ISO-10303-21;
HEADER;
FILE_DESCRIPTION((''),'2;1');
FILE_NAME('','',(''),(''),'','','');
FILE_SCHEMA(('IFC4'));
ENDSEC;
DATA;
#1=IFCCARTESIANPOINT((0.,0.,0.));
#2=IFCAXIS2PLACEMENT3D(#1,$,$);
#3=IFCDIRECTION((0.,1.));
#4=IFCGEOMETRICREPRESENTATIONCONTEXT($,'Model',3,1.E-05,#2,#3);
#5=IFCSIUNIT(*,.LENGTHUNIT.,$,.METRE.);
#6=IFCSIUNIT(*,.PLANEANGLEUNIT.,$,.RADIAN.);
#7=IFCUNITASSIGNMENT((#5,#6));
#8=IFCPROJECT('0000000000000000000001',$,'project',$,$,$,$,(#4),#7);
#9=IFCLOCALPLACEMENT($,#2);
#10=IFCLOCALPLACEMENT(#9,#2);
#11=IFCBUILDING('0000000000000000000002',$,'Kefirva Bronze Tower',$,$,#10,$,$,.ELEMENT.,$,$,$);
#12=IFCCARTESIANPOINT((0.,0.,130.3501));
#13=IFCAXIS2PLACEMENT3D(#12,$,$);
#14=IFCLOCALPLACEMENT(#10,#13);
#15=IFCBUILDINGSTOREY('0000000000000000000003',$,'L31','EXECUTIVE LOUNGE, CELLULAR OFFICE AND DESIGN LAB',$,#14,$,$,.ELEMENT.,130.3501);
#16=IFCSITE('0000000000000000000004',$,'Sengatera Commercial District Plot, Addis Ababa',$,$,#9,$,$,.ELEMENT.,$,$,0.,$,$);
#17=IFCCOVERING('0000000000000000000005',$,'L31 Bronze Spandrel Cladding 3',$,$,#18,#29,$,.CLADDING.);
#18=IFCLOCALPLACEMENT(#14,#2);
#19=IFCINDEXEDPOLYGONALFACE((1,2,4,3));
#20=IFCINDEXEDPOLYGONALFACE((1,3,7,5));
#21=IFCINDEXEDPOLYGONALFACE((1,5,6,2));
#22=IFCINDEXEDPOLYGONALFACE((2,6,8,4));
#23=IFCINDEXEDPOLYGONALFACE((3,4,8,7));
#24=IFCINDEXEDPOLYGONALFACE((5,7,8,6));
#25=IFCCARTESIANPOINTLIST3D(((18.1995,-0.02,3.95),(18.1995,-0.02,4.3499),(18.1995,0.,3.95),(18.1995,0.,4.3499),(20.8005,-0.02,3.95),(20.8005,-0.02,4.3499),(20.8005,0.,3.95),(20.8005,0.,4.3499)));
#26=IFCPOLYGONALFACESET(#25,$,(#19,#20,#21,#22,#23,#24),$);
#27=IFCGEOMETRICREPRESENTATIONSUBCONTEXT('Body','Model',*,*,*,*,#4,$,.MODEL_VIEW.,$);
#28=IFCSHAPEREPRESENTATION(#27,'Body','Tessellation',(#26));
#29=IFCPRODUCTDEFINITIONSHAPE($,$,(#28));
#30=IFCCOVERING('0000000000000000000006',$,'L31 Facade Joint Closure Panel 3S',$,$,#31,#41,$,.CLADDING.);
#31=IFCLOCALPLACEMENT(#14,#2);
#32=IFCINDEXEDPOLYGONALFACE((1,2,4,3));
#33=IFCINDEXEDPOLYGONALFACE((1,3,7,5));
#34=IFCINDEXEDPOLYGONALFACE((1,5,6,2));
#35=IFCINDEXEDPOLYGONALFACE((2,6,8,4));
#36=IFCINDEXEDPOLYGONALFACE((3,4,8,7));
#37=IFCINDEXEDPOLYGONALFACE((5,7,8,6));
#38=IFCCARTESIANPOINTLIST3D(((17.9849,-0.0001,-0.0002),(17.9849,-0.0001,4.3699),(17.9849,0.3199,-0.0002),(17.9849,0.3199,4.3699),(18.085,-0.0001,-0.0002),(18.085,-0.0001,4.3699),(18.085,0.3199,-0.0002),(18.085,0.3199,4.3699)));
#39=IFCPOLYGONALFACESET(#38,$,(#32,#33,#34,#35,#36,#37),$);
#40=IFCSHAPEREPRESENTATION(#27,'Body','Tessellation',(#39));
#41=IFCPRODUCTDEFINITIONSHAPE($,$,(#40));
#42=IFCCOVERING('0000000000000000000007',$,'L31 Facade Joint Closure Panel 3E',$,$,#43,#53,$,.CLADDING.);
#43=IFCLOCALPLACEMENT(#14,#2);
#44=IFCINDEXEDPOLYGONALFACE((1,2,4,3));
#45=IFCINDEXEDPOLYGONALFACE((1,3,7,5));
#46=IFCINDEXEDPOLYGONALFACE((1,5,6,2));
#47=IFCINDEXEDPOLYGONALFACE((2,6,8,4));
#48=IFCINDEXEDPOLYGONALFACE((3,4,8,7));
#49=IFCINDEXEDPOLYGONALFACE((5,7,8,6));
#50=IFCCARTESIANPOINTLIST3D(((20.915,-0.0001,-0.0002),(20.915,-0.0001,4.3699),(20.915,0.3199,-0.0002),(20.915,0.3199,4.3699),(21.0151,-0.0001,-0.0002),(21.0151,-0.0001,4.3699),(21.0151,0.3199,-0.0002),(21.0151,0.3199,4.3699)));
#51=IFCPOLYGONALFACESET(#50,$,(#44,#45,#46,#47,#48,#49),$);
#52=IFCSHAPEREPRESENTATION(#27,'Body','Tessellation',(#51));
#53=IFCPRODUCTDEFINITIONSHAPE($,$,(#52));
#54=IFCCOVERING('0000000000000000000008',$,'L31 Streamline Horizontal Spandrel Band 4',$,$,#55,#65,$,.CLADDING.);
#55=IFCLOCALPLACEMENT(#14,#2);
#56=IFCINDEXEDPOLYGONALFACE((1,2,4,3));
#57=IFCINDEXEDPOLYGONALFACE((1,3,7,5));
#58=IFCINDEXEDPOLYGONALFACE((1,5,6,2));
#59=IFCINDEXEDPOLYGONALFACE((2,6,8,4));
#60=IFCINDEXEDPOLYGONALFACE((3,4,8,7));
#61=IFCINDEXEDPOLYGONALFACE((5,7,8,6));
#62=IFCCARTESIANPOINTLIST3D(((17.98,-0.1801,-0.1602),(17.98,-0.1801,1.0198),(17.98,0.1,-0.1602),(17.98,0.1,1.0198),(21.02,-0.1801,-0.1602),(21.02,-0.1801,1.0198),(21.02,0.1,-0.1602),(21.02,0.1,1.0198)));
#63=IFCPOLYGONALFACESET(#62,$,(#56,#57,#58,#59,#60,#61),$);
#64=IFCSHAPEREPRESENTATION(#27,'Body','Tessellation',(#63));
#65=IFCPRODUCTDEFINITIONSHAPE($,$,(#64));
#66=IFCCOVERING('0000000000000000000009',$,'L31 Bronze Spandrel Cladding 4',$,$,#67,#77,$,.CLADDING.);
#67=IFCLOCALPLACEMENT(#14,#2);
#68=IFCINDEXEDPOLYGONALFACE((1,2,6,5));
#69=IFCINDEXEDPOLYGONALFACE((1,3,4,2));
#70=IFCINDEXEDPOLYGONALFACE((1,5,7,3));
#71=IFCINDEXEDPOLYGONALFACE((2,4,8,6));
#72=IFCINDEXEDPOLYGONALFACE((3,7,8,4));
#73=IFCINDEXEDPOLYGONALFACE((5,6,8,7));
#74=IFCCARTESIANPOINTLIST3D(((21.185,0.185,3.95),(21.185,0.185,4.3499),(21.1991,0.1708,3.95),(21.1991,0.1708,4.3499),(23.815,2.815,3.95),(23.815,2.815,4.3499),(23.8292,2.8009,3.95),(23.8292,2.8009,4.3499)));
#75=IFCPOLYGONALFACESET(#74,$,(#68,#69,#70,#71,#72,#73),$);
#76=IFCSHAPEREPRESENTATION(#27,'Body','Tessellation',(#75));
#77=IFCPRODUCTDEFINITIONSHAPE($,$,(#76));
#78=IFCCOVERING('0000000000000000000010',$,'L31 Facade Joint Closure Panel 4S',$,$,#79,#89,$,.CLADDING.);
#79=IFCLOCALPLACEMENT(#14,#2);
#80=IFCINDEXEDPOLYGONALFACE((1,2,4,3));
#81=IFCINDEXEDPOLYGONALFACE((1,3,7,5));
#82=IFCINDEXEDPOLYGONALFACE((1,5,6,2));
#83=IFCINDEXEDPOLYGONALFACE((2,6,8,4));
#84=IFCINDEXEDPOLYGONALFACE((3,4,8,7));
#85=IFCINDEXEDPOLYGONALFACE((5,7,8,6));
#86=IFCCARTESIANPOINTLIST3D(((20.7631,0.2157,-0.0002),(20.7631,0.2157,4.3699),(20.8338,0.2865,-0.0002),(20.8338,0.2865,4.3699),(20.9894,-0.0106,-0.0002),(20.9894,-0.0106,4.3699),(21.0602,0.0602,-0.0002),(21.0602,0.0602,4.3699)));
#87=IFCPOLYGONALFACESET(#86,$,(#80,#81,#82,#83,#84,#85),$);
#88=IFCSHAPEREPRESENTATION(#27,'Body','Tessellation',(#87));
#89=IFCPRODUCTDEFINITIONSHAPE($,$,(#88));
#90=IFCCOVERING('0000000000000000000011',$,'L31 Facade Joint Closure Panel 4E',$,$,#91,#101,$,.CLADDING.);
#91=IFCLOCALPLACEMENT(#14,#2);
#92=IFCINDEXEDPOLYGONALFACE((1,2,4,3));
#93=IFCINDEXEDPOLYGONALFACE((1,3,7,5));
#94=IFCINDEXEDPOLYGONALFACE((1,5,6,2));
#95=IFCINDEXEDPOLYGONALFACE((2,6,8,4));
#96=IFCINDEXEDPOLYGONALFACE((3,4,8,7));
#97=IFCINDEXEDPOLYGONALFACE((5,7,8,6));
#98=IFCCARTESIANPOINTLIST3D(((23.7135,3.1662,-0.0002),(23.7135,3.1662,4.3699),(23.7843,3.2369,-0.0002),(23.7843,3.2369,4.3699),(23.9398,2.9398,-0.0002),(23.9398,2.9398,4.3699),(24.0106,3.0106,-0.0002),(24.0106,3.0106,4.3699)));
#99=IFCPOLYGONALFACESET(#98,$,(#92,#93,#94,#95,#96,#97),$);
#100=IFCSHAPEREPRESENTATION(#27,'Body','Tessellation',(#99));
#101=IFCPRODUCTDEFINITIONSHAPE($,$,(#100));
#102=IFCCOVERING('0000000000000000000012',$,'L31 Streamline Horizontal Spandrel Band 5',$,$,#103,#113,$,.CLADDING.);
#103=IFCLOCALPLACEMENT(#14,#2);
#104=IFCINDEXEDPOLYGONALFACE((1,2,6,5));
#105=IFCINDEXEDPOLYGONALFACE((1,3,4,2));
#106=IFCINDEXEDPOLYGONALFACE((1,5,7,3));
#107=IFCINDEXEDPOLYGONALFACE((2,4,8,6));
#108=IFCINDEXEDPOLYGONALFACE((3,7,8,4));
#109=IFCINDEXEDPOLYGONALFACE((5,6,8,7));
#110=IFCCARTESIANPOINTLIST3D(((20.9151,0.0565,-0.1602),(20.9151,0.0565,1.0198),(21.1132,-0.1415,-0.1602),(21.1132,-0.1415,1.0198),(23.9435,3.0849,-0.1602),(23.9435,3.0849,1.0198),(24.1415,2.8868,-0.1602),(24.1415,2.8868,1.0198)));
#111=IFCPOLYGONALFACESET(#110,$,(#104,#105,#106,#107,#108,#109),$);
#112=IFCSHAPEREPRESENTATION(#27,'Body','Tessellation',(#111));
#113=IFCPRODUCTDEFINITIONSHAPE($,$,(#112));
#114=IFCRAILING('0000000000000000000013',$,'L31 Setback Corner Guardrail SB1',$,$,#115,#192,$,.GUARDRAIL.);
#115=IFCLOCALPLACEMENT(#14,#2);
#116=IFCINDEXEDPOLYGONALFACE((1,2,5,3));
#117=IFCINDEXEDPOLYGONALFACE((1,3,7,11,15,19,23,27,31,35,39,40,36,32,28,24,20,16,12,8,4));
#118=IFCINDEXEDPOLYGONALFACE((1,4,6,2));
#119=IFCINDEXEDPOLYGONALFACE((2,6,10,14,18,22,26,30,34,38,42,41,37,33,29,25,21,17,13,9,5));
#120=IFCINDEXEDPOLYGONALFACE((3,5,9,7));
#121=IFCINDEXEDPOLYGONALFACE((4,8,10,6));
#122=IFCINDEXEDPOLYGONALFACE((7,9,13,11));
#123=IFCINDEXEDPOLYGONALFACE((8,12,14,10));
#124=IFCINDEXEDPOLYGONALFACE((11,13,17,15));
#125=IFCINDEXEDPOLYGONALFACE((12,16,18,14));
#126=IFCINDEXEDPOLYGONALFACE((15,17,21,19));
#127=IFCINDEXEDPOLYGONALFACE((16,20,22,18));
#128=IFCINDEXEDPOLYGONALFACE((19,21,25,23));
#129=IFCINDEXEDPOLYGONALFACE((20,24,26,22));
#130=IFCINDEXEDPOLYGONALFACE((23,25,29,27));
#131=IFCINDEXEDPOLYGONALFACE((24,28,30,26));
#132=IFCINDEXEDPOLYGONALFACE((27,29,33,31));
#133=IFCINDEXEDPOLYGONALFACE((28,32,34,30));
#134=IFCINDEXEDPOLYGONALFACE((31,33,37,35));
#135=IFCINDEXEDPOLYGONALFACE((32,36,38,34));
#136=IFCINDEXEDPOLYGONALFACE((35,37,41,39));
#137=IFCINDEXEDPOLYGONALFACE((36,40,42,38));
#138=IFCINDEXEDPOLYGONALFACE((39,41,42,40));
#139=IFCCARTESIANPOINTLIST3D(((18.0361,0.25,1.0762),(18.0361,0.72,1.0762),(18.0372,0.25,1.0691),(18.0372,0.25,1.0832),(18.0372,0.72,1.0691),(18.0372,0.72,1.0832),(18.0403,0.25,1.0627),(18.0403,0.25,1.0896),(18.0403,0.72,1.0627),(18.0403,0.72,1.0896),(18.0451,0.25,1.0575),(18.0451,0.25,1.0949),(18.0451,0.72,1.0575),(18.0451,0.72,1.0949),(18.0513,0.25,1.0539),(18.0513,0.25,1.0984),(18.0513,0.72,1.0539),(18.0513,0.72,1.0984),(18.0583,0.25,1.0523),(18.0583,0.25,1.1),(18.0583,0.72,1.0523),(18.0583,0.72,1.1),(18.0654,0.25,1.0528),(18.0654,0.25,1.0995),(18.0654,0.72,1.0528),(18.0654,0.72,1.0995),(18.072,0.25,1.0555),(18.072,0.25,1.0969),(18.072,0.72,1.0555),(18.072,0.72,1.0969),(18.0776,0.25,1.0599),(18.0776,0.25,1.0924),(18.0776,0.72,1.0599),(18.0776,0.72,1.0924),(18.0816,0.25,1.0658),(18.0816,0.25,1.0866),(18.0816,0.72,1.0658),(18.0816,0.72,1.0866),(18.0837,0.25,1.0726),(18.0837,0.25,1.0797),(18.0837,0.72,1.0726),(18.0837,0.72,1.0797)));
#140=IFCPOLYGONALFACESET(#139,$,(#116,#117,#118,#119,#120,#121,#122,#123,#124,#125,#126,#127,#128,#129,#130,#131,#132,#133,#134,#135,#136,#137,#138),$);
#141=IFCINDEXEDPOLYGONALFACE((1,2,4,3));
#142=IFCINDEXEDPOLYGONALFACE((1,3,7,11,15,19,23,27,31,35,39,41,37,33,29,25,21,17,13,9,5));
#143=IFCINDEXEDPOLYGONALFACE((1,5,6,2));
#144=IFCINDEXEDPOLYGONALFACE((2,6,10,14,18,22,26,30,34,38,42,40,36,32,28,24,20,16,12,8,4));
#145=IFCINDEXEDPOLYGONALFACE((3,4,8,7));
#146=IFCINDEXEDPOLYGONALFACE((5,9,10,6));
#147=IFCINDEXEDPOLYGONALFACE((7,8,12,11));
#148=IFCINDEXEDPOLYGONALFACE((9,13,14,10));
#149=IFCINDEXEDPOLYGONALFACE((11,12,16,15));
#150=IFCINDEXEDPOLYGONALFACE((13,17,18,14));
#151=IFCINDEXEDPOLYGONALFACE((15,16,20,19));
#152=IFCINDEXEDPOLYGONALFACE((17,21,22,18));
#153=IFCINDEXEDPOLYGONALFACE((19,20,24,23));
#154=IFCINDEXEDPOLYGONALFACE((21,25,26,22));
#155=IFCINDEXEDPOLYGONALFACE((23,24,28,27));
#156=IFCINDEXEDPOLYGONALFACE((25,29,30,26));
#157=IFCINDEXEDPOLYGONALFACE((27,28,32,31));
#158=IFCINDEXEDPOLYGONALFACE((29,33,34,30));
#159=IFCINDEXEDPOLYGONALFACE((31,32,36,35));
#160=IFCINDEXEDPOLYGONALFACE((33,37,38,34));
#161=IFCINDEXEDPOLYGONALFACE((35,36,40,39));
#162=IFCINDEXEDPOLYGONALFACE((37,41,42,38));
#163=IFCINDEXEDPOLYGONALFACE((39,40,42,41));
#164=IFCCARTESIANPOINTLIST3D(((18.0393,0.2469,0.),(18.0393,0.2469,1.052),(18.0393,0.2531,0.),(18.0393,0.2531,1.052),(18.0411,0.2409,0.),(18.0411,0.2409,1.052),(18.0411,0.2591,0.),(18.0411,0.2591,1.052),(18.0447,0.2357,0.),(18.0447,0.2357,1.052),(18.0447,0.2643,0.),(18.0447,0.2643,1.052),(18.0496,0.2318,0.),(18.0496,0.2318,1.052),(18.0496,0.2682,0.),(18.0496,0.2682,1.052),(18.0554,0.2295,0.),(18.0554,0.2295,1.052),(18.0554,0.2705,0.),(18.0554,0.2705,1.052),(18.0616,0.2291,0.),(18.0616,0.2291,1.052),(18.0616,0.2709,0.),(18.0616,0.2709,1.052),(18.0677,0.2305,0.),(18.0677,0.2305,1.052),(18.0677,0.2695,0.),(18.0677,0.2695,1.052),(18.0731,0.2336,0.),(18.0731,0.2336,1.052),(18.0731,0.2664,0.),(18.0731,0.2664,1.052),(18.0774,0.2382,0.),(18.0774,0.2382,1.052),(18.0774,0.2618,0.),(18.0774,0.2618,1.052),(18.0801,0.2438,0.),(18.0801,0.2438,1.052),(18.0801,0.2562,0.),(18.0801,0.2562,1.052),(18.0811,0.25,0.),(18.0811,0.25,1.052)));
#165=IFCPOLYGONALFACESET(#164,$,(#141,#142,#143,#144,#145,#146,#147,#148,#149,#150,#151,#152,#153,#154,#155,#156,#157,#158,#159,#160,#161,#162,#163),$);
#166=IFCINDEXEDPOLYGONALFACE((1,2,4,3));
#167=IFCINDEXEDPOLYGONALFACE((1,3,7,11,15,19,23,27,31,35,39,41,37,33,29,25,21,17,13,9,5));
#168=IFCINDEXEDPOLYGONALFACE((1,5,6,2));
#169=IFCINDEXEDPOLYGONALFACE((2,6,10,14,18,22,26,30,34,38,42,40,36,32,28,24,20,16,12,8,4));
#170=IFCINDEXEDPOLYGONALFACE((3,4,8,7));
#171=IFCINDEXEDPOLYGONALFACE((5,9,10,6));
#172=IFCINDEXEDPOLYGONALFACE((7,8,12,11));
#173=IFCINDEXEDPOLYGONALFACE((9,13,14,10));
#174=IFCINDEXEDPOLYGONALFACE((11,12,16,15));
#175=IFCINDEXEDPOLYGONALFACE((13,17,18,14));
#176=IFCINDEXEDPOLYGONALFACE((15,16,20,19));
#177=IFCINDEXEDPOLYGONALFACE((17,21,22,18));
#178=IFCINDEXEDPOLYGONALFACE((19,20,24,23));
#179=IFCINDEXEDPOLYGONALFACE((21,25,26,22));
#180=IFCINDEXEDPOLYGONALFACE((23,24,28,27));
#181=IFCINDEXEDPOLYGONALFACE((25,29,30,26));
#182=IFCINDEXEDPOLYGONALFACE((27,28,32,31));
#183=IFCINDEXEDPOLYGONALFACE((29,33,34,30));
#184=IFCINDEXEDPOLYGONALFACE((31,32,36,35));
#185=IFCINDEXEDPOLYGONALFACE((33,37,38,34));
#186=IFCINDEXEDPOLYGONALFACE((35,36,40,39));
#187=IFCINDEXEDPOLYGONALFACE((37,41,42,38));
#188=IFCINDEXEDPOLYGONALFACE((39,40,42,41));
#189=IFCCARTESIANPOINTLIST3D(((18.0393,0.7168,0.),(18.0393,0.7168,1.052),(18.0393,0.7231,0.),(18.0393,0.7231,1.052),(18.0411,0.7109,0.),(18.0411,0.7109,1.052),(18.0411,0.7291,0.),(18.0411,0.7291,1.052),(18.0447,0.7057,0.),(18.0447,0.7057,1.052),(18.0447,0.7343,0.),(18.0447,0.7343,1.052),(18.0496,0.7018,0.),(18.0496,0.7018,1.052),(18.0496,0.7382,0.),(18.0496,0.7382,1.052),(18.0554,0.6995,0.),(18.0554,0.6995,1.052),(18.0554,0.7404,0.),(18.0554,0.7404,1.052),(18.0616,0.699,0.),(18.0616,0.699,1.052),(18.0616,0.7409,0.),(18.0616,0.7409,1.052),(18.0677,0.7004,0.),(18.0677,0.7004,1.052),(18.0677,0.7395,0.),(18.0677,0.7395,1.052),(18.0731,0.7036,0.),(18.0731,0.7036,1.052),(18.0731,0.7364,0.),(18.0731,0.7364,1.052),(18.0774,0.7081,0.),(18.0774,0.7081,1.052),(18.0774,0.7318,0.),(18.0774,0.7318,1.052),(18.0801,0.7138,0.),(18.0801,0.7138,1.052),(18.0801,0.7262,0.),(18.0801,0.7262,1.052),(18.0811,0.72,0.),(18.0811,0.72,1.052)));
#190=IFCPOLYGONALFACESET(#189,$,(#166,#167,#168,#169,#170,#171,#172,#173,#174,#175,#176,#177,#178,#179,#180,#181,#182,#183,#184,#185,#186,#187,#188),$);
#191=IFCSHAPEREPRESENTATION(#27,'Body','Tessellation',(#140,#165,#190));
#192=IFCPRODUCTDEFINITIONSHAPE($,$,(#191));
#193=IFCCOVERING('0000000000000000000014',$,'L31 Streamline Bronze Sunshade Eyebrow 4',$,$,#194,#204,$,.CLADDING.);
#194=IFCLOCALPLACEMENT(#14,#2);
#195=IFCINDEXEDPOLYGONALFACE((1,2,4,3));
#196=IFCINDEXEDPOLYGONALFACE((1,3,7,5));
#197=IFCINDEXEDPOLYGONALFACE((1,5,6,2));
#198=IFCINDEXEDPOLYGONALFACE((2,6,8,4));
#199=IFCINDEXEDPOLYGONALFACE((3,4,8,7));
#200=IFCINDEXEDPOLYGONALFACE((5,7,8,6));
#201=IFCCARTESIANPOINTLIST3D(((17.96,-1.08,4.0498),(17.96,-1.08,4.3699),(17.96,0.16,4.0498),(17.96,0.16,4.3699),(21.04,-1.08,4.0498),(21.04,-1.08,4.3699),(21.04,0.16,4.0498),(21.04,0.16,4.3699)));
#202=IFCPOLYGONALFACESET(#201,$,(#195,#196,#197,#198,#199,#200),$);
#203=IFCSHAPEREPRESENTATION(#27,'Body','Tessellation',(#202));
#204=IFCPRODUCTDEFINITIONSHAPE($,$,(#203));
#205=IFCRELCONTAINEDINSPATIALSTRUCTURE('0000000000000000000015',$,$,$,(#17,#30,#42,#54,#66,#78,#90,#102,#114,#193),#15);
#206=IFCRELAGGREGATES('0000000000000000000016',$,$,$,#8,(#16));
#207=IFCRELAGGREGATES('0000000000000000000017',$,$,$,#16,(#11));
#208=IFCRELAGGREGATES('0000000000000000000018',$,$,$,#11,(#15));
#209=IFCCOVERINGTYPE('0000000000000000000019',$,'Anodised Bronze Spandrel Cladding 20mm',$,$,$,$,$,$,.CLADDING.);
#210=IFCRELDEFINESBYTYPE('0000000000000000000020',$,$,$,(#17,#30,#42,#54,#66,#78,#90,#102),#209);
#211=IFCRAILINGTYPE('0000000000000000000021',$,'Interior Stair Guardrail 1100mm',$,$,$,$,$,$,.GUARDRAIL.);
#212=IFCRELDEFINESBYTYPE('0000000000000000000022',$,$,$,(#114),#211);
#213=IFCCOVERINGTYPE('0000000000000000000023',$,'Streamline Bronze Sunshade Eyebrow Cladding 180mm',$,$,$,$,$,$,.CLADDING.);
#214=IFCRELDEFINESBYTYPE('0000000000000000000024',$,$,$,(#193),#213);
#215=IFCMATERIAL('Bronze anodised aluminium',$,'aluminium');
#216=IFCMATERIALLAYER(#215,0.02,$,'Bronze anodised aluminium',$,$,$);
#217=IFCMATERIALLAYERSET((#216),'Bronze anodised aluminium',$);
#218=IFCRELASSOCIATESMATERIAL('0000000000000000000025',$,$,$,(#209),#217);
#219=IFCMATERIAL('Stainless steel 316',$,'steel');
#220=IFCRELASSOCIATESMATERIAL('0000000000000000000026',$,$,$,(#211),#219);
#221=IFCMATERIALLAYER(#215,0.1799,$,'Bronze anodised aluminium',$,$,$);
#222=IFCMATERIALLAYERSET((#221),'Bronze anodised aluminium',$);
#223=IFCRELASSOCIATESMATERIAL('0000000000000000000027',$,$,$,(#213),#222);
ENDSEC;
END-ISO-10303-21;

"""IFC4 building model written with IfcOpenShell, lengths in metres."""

from ifc_helpers import new_model, si_unit, direction, frame, origin, origin_2d, place, context, subcontext, project, spatial, rectangle, circle, extrude, material, layer, layer_set, type_object, element, save


model = new_model("IFC4")

# Units and contexts
model_context = context("Model", 3, precision=1e-05, world=origin(), true_north=direction((0.0, 1.0)))
body_context = subcontext(model_context, "Body", "Model", "MODEL_VIEW")
ifc_project = project(units=[si_unit("LENGTHUNIT", "METRE"), si_unit("PLANEANGLEUNIT", "RADIAN")], contexts=[model_context])

# Site, building, storey
site_placement = place(None, origin())
site = spatial("IfcSite", under=ifc_project, at=site_placement, Name="Sengatera Commercial District Plot, Addis Ababa", CompositionType="ELEMENT", RefElevation=0.0)
building_placement = place(site_placement, origin())
building = spatial("IfcBuilding", under=site, at=building_placement, Name="Kefirva Bronze Tower", CompositionType="ELEMENT")
storey_placement = place(building_placement, frame((0.0, 0.0, 130.3501)))
storey = spatial("IfcBuildingStorey", under=building, at=storey_placement, Name="L31", Description="EXECUTIVE LOUNGE, CELLULAR OFFICE AND DESIGN LAB", CompositionType="ELEMENT", Elevation=130.3501)

# Shared definitions
ifc_material_1 = material(Name="Bronze anodised aluminium", Category="aluminium")

# Coverings
ifc_layer_1 = layer(ifc_material_1, 0.02, Name="Bronze anodised aluminium")
ifc_layer_set_1 = layer_set([ifc_layer_1], Name="Bronze anodised aluminium")
covering_type_1 = type_object("IfcCoveringType", Name="Anodised Bronze Spandrel Cladding 20mm", PredefinedType="CLADDING", material=ifc_layer_set_1)
covering_1_placement = place(storey_placement, frame((19.5, -0.01, 3.95), z_axis=(0.0, 0.0, 1.0), x_axis=(1.0, 0.0, 0.0)))
element("IfcCovering", 1, at=covering_1_placement, inside=storey, type_object=covering_type_1, Name="L31 Bronze Spandrel Cladding 3", PredefinedType="CLADDING", context=body_context, shape_type="SweptSolid", body=[
    extrude(rectangle(XDim=2.6011, YDim=0.02, at=origin_2d()), origin(), (0.0, 0.0, 1.0), 0.3999),
])
for number, where, z_axis, x_axis, name in (
    (2, (18.0349, 0.1599, -0.0002), (0.0, 0.0, 1.0), (1.0, 0.0, 0.0), "L31 Facade Joint Closure Panel 3S"),
    (3, (20.9651, 0.1599, -0.0002), (0.0, 0.0, 1.0), (1.0, 0.0, 0.0), "L31 Facade Joint Closure Panel 3E"),
):
    element("IfcCovering", number, at=place(storey_placement, frame(where, z_axis=z_axis, x_axis=x_axis)), inside=storey, type_object=covering_type_1, Name=name, PredefinedType="CLADDING", context=body_context, shape_type="SweptSolid", body=[
        extrude(rectangle(XDim=0.1001, YDim=0.3201, at=origin_2d()), origin(), (0.0, 0.0, 1.0), 4.3701),
    ])
covering_2_placement = place(storey_placement, frame((19.5, -0.04, -0.1602), z_axis=(0.0, 0.0, 1.0), x_axis=(1.0, 0.0, 0.0)))
element("IfcCovering", 4, at=covering_2_placement, inside=storey, type_object=covering_type_1, Name="L31 Streamline Horizontal Spandrel Band 4", PredefinedType="CLADDING", context=body_context, shape_type="SweptSolid", body=[
    extrude(rectangle(XDim=3.04, YDim=0.28, at=origin_2d()), origin(), (0.0, 0.0, 1.0), 1.1799),
])
covering_3_placement = place(storey_placement, frame((22.5071, 1.4929, 3.95), z_axis=(0.0, 0.0, 1.0), x_axis=(0.707107, 0.707107, 0.0)))
element("IfcCovering", 5, at=covering_3_placement, inside=storey, type_object=covering_type_1, Name="L31 Bronze Spandrel Cladding 4", PredefinedType="CLADDING", context=body_context, shape_type="SweptSolid", body=[
    extrude(rectangle(XDim=3.7195, YDim=0.02, at=origin_2d()), origin(), (0.0, 0.0, 1.0), 0.3999),
])
for number, where, z_axis, x_axis, name in (
    (6, (20.9116, 0.1379, -0.0002), (0.0, 0.0, 1.0), (0.707107, 0.707107, 0.0), "L31 Facade Joint Closure Panel 4S"),
    (7, (23.8621, 3.0884, -0.0002), (0.0, 0.0, 1.0), (0.707107, 0.707107, 0.0), "L31 Facade Joint Closure Panel 4E"),
):
    element("IfcCovering", number, at=place(storey_placement, frame(where, z_axis=z_axis, x_axis=x_axis)), inside=storey, type_object=covering_type_1, Name=name, PredefinedType="CLADDING", context=body_context, shape_type="SweptSolid", body=[
        extrude(rectangle(XDim=0.1001, YDim=0.3201, at=origin_2d()), origin(), (0.0, 0.0, 1.0), 4.3701),
    ])
covering_4_placement = place(storey_placement, frame((22.5283, 1.4717, -0.1602), z_axis=(0.0, 0.0, 1.0), x_axis=(0.707107, 0.707107, 0.0)))
element("IfcCovering", 8, at=covering_4_placement, inside=storey, type_object=covering_type_1, Name="L31 Streamline Horizontal Spandrel Band 5", PredefinedType="CLADDING", context=body_context, shape_type="SweptSolid", body=[
    extrude(rectangle(XDim=4.2827, YDim=0.28, at=origin_2d()), origin(), (0.0, 0.0, 1.0), 1.1799),
])

# Railing
ifc_material_2 = material(Name="Stainless steel 316", Category="steel")
railing_type = type_object("IfcRailingType", Name="Interior Stair Guardrail 1100mm", PredefinedType="GUARDRAIL", material=ifc_material_2)
railing_placement = place(storey_placement, frame((18.0601, 0.25, 0.0)))
element("IfcRailing", 9, at=railing_placement, inside=storey, type_object=railing_type, Name="L31 Setback Corner Guardrail SB1", PredefinedType="GUARDRAIL", context=body_context, shape_type="SweptSolid", body=[
    extrude(circle(Radius=0.0239, at=origin_2d()), frame((0.0, 0.0, 1.0762), z_axis=(0.0, 1.0, 0.0), x_axis=(-1.0, 0.0, 0.0)), (0.0, 0.0, 1.0), 0.47),
    extrude(circle(Radius=0.021, at=origin_2d()), origin(), (0.0, 0.0, 1.0), 1.052),
    extrude(circle(Radius=0.021, at=origin_2d()), frame((0.0, 0.47, 0.0)), (0.0, 0.0, 1.0), 1.052),
])

# Covering
ifc_layer_2 = layer(ifc_material_1, 0.1799, Name="Bronze anodised aluminium")
ifc_layer_set_2 = layer_set([ifc_layer_2], Name="Bronze anodised aluminium")
covering_type_2 = type_object("IfcCoveringType", Name="Streamline Bronze Sunshade Eyebrow Cladding 180mm", PredefinedType="CLADDING", material=ifc_layer_set_2)
covering_5_placement = place(storey_placement, frame((19.5, -0.46, 4.0498), z_axis=(0.0, 0.0, 1.0), x_axis=(1.0, 0.0, 0.0)))
element("IfcCovering", 10, at=covering_5_placement, inside=storey, type_object=covering_type_2, Name="L31 Streamline Bronze Sunshade Eyebrow 4", PredefinedType="CLADDING", context=body_context, shape_type="SweptSolid", body=[
    extrude(rectangle(XDim=3.0801, YDim=1.24, at=origin_2d()), origin(), (0.0, 0.0, 1.0), 0.3201),
])

save(model, "model.ifc")
